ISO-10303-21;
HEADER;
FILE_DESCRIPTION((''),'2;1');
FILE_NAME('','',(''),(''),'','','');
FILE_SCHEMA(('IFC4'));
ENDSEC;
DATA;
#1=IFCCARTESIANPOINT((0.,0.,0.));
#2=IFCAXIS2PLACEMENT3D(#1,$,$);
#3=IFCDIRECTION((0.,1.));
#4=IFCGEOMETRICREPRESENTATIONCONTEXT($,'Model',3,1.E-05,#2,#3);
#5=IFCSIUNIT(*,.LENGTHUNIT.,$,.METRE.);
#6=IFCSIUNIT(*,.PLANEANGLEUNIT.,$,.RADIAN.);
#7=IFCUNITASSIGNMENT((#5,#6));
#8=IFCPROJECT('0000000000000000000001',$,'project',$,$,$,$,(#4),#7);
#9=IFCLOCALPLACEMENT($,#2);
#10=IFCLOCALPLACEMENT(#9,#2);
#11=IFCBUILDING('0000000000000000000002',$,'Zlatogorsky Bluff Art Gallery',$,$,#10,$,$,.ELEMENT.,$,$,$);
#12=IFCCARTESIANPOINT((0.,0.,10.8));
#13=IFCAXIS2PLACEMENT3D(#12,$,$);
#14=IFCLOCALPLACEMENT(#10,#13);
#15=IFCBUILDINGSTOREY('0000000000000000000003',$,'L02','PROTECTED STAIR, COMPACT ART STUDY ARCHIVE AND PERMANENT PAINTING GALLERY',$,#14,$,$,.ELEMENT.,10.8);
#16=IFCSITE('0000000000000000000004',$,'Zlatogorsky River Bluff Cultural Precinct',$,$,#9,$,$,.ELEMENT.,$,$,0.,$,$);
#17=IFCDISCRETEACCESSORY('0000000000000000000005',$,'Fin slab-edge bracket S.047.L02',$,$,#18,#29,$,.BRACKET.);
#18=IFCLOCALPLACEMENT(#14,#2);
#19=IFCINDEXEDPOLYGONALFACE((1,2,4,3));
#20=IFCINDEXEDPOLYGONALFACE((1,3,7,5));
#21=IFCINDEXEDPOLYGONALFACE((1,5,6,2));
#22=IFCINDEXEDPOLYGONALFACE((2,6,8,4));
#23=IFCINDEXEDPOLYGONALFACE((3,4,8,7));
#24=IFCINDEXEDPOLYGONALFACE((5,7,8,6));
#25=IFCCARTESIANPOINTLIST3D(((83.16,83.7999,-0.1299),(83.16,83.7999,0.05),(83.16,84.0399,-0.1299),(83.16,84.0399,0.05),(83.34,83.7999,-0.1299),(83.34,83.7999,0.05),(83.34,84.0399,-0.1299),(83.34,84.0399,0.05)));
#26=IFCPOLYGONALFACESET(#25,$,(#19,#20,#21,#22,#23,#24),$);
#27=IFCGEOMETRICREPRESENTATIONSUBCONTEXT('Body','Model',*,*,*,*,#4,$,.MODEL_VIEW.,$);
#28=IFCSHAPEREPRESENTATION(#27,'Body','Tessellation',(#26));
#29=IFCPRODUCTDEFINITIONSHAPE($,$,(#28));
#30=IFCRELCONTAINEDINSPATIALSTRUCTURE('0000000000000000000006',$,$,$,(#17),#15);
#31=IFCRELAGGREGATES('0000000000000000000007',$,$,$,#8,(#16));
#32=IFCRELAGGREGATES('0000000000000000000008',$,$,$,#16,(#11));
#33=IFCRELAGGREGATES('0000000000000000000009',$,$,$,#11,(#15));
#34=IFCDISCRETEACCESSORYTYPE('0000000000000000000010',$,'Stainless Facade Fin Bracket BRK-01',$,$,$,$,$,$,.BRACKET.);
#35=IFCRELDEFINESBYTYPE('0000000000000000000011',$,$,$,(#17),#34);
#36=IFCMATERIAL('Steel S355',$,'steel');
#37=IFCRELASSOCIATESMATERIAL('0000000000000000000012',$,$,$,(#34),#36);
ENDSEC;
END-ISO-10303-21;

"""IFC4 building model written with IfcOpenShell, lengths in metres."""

from ifc_helpers import new_model, si_unit, direction, frame, origin, origin_2d, place, context, subcontext, project, spatial, rectangle, extrude, material, type_object, element, save


model = new_model("IFC4")

# Units and contexts
model_context = context("Model", 3, precision=1e-05, world=origin(), true_north=direction((0.0, 1.0)))
body_context = subcontext(model_context, "Body", "Model", "MODEL_VIEW")
ifc_project = project(units=[si_unit("LENGTHUNIT", "METRE"), si_unit("PLANEANGLEUNIT", "RADIAN")], contexts=[model_context])

# Site, building, storey
site_placement = place(None, origin())
site = spatial("IfcSite", under=ifc_project, at=site_placement, Name="Zlatogorsky River Bluff Cultural Precinct", CompositionType="ELEMENT", RefElevation=0.0)
building_placement = place(site_placement, origin())
building = spatial("IfcBuilding", under=site, at=building_placement, Name="Zlatogorsky Bluff Art Gallery", CompositionType="ELEMENT")
storey_placement = place(building_placement, frame((0.0, 0.0, 10.8)))
storey = spatial("IfcBuildingStorey", under=building, at=storey_placement, Name="L02", Description="PROTECTED STAIR, COMPACT ART STUDY ARCHIVE AND PERMANENT PAINTING GALLERY", CompositionType="ELEMENT", Elevation=10.8)

# Shared definitions
ifc_material_1 = material(Name="Steel S355", Category="steel")

# Discrete accessory
discrete_accessory_type = type_object("IfcDiscreteAccessoryType", Name="Stainless Facade Fin Bracket BRK-01", PredefinedType="BRACKET", material=ifc_material_1)
for number, where, z_axis, x_axis, name in (
    (1, (83.25, 83.9199, -0.1299), (0.0, 0.0, 1.0), (1.0, 0.0, 0.0), "Fin slab-edge bracket S.047.L02"),
):
    element("IfcDiscreteAccessory", number, at=place(storey_placement, frame(where, z_axis=z_axis, x_axis=x_axis)), inside=storey, type_object=discrete_accessory_type, Name=name, PredefinedType="BRACKET", context=body_context, shape_type="SweptSolid", body=[
        extrude(rectangle(XDim=0.1799, YDim=0.24, at=origin_2d()), origin(), (0.0, 0.0, 1.0), 0.1799),
    ])

save(model, "model.ifc")
